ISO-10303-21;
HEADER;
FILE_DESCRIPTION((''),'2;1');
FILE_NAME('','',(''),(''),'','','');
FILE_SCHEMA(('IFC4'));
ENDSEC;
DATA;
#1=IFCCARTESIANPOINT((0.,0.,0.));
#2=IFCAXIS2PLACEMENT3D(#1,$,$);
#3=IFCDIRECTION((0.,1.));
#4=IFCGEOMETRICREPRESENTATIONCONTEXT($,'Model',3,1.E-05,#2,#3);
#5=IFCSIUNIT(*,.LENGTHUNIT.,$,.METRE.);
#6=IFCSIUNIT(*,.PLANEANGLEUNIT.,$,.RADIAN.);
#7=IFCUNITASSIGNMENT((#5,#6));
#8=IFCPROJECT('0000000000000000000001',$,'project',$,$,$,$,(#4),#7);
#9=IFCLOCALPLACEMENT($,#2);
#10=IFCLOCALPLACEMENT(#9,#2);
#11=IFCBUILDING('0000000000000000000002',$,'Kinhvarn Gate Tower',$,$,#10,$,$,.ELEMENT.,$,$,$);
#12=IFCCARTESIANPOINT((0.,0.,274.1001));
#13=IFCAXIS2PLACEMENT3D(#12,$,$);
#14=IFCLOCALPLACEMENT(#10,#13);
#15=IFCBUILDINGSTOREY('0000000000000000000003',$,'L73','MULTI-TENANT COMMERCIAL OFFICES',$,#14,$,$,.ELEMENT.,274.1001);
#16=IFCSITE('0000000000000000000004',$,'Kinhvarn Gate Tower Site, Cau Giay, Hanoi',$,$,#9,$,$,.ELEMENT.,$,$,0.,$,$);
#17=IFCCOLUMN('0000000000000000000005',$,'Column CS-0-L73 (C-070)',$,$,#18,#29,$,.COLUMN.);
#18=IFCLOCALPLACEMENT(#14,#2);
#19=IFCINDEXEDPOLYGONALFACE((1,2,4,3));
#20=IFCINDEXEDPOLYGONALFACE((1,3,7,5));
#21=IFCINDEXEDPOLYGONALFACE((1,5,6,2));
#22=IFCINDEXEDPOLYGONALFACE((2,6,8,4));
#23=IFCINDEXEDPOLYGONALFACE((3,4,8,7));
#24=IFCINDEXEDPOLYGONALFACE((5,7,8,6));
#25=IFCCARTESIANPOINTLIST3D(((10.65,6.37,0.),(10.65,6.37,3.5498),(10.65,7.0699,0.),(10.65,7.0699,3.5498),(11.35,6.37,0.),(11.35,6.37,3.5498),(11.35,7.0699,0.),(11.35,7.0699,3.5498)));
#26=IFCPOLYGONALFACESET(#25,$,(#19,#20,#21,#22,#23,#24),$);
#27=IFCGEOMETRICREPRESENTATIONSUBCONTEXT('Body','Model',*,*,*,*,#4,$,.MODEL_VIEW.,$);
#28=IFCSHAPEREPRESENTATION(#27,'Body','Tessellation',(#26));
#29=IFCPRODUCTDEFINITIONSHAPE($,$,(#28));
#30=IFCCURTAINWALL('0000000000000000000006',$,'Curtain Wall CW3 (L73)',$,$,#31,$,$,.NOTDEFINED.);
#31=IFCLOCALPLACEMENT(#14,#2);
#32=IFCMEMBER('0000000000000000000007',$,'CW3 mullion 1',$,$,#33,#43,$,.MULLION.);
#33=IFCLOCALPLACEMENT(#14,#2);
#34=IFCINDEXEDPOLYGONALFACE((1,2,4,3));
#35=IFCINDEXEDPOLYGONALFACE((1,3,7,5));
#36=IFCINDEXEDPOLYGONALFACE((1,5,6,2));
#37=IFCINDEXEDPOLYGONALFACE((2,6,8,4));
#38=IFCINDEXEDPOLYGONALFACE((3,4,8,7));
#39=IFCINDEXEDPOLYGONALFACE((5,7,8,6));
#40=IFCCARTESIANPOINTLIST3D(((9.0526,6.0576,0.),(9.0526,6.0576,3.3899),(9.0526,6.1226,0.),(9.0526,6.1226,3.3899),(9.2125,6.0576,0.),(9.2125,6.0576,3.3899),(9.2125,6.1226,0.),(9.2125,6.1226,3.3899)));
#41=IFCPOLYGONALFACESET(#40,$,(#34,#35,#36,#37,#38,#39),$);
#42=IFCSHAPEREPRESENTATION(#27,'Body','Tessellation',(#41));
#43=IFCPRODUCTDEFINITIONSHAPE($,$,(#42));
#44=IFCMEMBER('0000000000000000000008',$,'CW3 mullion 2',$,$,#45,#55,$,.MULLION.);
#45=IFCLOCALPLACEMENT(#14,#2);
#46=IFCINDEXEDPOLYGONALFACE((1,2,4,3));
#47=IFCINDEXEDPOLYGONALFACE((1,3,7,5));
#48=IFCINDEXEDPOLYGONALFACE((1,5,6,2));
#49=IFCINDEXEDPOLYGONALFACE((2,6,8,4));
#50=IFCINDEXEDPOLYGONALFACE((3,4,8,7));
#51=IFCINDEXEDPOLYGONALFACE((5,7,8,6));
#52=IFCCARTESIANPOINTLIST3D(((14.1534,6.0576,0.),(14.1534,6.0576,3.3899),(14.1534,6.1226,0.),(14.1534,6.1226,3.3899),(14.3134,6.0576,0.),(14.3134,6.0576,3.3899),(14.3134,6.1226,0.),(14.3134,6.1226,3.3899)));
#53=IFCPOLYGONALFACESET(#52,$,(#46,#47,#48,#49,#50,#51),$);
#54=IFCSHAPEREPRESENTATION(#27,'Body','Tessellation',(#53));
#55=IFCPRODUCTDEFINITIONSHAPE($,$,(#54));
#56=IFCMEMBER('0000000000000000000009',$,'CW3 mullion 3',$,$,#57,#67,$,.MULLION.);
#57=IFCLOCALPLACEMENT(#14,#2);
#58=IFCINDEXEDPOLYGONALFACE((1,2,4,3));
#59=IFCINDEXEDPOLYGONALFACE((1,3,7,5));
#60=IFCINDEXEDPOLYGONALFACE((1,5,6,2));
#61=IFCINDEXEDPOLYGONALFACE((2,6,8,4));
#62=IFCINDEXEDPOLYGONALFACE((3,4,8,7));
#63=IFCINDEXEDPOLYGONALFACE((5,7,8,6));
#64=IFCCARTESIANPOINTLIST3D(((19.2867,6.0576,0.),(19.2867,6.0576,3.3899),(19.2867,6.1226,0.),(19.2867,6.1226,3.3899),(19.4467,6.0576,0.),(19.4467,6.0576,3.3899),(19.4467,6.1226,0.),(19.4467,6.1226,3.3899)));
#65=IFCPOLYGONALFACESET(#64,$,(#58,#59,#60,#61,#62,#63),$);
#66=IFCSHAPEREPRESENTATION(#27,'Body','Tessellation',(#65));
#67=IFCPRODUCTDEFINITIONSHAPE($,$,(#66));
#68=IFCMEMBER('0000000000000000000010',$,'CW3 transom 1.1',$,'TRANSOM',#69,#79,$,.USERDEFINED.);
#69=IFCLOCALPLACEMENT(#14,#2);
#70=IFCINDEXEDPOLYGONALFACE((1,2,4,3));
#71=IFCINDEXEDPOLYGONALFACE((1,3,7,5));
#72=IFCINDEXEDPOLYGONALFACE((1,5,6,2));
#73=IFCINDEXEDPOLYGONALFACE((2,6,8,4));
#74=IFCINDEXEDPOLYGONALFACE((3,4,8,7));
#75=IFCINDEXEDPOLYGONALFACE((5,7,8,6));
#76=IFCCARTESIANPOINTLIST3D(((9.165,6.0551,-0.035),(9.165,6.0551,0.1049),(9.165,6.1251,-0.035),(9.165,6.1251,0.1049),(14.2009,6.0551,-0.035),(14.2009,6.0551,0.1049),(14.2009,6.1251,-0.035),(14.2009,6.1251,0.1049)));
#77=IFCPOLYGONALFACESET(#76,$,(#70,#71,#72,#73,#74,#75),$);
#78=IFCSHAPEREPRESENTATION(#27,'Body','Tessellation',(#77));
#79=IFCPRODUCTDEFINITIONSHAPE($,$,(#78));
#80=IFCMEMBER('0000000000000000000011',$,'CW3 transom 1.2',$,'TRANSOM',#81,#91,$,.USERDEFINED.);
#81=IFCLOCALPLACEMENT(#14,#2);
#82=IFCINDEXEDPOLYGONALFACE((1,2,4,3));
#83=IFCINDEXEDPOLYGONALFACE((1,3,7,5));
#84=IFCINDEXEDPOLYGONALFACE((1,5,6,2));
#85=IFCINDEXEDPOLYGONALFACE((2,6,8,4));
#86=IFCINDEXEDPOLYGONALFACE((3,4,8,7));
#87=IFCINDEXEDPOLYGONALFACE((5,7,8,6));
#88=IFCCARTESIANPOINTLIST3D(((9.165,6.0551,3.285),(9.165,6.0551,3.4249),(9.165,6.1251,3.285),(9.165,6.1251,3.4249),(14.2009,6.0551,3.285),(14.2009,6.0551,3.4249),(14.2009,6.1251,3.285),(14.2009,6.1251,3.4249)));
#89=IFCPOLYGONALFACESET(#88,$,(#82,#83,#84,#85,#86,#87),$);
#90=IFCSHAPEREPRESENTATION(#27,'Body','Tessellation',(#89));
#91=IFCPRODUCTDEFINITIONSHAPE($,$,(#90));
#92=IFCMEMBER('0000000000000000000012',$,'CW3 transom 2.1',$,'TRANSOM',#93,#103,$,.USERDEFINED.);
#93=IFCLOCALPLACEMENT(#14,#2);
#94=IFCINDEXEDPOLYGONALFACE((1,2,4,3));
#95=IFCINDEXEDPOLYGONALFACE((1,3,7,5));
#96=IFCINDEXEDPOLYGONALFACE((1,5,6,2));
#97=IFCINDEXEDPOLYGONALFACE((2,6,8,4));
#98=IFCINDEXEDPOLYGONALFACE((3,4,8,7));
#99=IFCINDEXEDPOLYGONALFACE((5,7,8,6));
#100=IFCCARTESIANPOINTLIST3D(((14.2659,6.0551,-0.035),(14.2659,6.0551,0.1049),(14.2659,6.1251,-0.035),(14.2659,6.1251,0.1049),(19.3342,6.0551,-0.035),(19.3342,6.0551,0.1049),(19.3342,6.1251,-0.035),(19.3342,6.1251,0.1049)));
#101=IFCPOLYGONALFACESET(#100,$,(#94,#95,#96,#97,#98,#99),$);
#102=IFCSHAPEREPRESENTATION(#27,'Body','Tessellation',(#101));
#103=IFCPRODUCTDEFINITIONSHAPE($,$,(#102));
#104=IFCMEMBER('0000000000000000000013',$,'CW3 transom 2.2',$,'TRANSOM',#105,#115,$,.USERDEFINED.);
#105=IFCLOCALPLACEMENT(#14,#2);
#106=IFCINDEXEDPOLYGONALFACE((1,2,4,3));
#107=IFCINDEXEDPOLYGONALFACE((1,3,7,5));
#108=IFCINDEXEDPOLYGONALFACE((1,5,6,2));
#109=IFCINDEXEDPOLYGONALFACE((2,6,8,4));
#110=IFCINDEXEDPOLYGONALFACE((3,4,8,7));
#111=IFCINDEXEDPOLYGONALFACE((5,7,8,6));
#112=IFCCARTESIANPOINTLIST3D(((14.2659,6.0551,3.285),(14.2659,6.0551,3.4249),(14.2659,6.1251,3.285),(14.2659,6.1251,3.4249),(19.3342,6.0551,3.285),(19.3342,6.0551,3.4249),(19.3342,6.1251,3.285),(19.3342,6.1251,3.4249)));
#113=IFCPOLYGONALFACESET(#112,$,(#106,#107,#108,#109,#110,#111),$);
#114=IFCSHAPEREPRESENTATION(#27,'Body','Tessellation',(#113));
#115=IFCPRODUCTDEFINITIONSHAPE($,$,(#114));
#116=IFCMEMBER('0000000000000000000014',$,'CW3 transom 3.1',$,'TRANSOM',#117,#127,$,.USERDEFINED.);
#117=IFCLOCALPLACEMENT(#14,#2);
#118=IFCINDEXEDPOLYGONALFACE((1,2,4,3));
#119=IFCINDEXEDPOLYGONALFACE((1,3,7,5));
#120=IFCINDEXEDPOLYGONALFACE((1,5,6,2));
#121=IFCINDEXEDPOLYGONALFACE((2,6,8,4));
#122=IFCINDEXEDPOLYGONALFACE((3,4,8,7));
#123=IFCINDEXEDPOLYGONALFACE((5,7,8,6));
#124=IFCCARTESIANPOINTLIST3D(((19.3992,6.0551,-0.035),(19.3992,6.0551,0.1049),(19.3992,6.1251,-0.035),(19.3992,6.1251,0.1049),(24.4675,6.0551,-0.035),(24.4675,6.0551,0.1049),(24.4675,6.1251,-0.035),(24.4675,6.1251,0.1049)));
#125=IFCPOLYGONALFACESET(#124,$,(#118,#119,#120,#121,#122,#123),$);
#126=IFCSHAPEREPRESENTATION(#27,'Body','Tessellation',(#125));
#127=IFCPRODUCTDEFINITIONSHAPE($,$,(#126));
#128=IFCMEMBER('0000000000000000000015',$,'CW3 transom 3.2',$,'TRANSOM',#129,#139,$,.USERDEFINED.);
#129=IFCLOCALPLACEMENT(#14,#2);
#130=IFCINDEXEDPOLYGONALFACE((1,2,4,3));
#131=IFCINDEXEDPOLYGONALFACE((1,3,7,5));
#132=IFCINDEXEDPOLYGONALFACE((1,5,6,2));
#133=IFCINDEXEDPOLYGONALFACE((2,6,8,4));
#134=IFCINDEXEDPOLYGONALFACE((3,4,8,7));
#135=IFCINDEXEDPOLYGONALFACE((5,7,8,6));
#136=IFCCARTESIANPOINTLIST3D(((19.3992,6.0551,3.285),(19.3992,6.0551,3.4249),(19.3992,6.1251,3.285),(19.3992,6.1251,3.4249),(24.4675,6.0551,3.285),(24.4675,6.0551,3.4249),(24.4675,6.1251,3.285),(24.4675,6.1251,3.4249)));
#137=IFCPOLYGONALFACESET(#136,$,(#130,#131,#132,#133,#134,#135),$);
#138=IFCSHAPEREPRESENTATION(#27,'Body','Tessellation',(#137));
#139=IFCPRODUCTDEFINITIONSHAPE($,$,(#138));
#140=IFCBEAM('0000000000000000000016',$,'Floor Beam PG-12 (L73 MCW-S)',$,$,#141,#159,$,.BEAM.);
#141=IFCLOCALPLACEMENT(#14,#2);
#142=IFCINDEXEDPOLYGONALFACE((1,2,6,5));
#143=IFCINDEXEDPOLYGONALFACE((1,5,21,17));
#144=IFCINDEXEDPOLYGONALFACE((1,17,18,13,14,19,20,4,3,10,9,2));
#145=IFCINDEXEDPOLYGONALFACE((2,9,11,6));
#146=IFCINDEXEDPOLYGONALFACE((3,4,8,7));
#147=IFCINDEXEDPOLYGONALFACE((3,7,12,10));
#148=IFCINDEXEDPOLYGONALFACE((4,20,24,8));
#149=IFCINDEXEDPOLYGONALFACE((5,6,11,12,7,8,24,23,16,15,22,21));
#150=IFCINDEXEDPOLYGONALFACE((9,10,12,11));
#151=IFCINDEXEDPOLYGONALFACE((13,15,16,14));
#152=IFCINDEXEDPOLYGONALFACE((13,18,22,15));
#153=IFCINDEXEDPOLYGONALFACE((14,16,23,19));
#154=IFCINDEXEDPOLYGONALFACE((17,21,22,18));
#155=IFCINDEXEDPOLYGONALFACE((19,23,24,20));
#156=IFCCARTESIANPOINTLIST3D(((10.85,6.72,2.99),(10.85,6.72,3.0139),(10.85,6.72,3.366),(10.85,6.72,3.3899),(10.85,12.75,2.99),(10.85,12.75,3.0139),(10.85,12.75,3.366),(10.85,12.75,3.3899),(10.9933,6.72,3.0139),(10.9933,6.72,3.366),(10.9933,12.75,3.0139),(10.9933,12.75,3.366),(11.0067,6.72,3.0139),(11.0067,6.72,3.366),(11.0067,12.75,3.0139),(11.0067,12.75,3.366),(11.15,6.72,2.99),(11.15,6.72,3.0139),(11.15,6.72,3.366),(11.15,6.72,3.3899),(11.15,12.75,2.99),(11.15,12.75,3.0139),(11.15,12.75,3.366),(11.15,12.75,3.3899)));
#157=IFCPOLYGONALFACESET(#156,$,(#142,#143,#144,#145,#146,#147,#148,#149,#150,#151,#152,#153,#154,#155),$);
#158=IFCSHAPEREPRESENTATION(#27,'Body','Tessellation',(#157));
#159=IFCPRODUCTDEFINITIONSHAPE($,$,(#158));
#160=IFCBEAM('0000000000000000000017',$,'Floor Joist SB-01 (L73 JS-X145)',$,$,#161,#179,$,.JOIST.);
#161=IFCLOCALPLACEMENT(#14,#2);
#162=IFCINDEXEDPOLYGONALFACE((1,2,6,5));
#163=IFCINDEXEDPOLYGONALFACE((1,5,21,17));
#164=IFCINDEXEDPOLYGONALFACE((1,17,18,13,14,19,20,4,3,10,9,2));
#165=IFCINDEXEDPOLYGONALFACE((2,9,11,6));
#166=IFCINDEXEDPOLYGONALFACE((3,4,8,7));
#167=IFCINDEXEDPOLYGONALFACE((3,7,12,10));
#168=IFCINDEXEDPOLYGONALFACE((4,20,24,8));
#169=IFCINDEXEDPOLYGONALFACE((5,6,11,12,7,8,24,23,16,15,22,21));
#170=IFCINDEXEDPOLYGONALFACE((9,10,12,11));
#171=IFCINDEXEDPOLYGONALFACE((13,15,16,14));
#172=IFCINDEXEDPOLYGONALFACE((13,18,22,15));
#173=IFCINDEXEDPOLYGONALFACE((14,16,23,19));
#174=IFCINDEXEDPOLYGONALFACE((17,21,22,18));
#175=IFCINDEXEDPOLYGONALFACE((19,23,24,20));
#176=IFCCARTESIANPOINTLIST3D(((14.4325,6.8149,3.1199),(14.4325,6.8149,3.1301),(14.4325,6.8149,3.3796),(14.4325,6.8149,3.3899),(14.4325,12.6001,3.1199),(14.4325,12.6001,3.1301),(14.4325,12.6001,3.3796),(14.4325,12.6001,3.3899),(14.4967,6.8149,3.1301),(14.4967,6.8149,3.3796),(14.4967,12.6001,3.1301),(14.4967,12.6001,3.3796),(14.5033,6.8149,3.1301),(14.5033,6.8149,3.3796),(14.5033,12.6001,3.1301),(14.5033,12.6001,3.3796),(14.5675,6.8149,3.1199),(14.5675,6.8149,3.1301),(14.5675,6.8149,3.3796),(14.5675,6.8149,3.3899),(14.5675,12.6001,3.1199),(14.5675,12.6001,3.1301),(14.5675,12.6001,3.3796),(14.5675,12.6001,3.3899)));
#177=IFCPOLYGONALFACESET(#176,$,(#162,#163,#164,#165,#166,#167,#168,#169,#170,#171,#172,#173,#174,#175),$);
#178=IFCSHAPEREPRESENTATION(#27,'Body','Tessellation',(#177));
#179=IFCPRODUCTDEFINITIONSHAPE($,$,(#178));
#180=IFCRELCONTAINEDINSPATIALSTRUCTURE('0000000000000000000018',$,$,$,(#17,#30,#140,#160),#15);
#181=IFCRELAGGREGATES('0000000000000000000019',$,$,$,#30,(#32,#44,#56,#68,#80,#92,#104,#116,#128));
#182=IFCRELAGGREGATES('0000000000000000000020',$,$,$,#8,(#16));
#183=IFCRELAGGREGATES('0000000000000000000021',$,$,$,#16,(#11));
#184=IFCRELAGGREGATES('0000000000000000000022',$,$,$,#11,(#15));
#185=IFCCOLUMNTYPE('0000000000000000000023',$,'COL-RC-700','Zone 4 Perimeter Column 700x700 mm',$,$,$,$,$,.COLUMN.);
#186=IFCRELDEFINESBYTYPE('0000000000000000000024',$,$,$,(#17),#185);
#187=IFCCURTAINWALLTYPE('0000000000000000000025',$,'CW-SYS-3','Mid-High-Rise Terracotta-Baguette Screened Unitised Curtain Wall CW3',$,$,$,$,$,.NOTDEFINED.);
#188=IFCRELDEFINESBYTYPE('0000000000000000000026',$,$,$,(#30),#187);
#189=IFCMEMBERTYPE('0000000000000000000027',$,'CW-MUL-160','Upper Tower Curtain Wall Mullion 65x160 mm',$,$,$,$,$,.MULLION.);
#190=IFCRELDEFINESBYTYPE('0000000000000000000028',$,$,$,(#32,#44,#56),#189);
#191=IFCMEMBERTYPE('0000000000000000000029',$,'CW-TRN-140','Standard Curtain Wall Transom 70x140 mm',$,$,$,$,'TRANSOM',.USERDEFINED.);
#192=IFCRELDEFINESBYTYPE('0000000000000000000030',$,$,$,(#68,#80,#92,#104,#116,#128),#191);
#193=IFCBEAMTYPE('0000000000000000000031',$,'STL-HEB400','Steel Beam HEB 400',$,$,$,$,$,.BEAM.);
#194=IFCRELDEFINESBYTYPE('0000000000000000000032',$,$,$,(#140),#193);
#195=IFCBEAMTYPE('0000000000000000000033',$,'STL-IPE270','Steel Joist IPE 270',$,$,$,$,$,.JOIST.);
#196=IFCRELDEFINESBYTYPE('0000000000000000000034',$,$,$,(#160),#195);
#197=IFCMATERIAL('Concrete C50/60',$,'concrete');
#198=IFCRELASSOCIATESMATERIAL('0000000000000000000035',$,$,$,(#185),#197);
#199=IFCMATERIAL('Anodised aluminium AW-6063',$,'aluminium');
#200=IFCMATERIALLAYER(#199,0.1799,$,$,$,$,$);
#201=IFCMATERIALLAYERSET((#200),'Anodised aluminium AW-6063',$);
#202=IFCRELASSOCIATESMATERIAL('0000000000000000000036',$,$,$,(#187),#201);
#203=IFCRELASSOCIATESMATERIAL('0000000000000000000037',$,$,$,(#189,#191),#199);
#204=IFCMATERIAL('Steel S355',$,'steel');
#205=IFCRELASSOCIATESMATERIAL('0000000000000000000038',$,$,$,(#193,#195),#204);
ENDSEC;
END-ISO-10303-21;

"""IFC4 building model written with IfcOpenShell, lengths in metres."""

from ifc_helpers import new_model, si_unit, direction, frame, origin, origin_2d, place, context, subcontext, project, spatial, rectangle, i_section, extrude, material, layer, layer_set, material_profile, profile_set, type_object, element, aggregate, save


model = new_model("IFC4")

# Units and contexts
model_context = context("Model", 3, precision=1e-05, world=origin(), true_north=direction((0.0, 1.0)))
body_context = subcontext(model_context, "Body", "Model", "MODEL_VIEW")
ifc_project = project(units=[si_unit("LENGTHUNIT", "METRE"), si_unit("PLANEANGLEUNIT", "RADIAN")], contexts=[model_context])

# Site, building, storey
site_placement = place(None, origin())
site = spatial("IfcSite", under=ifc_project, at=site_placement, Name="Kinhvarn Gate Tower Site, Cau Giay, Hanoi", CompositionType="ELEMENT", RefElevation=0.0)
building_placement = place(site_placement, origin())
building = spatial("IfcBuilding", under=site, at=building_placement, Name="Kinhvarn Gate Tower", CompositionType="ELEMENT")
storey_placement = place(building_placement, frame((0.0, 0.0, 274.1001)))
storey = spatial("IfcBuildingStorey", under=building, at=storey_placement, Name="L73", Description="MULTI-TENANT COMMERCIAL OFFICES", CompositionType="ELEMENT", Elevation=274.1001)

# Column
ifc_material_1 = material(Name="Concrete C50/60", Category="concrete")
ifc_material_profile_1 = material_profile(ifc_material_1, rectangle(XDim=0.7, YDim=0.7, at=origin_2d()), Name="RC 700x700")
ifc_profile_set_1 = profile_set([ifc_material_profile_1], Name="Concrete C50/60")
column_type = type_object("IfcColumnType", Name="COL-RC-700", Description="Zone 4 Perimeter Column 700x700 mm", PredefinedType="COLUMN", material=ifc_profile_set_1)
column_placement = place(storey_placement, frame((11.0, 6.72, 0.0), z_axis=(0.0, 0.0, 1.0), x_axis=(1.0, 0.0, 0.0)))
element("IfcColumn", 1, at=column_placement, inside=storey, type_object=column_type, Name="Column CS-0-L73 (C-070)", PredefinedType="COLUMN", context=body_context, shape_type="SweptSolid", body=[
    extrude(rectangle(XDim=0.7, YDim=0.7, at=origin_2d()), origin(), (0.0, 0.0, 1.0), 3.5498),
])

# Curtain wall, members
ifc_material_2 = material(Name="Anodised aluminium AW-6063", Category="aluminium")
ifc_layer_1 = layer(ifc_material_2, 0.1799)
ifc_layer_set_1 = layer_set([ifc_layer_1], Name="Anodised aluminium AW-6063")
curtain_wall_type = type_object("IfcCurtainWallType", Name="CW-SYS-3", Description="Mid-High-Rise Terracotta-Baguette Screened Unitised Curtain Wall CW3", PredefinedType="NOTDEFINED", material=ifc_layer_set_1)
curtain_wall_placement = place(storey_placement, origin())
curtain_wall = element("IfcCurtainWall", 2, at=curtain_wall_placement, inside=storey, type_object=curtain_wall_type, Name="Curtain Wall CW3 (L73)", PredefinedType="NOTDEFINED")
ifc_material_profile_2 = material_profile(ifc_material_2, rectangle(XDim=0.0649, YDim=0.1599, at=origin_2d()), Name="ALU 65x160")
ifc_profile_set_2 = profile_set([ifc_material_profile_2], Name="Anodised aluminium AW-6063")
member_type_1 = type_object("IfcMemberType", Name="CW-MUL-160", Description="Upper Tower Curtain Wall Mullion 65x160 mm", PredefinedType="MULLION", material=ifc_profile_set_2)
member_1_placement = place(storey_placement, frame((9.1326, 6.0901, 0.0), z_axis=(0.0, 0.0, 1.0), x_axis=(0.0, 1.0, 0.0)))
member_1 = element("IfcMember", 3, at=member_1_placement, type_object=member_type_1, Name="CW3 mullion 1", PredefinedType="MULLION", context=body_context, shape_type="SweptSolid", body=[
    extrude(rectangle(XDim=0.0649, YDim=0.1599, at=origin_2d()), origin(), (0.0, 0.0, 1.0), 3.3899),
])
member_2_placement = place(storey_placement, frame((14.2334, 6.0901, 0.0), z_axis=(0.0, 0.0, 1.0), x_axis=(0.0, 1.0, 0.0)))
member_2 = element("IfcMember", 4, at=member_2_placement, type_object=member_type_1, Name="CW3 mullion 2", PredefinedType="MULLION", context=body_context, shape_type="SweptSolid", body=[
    extrude(rectangle(XDim=0.0649, YDim=0.1599, at=origin_2d()), origin(), (0.0, 0.0, 1.0), 3.3899),
])
member_3_placement = place(storey_placement, frame((19.3667, 6.0901, 0.0), z_axis=(0.0, 0.0, 1.0), x_axis=(0.0, 1.0, 0.0)))
member_3 = element("IfcMember", 5, at=member_3_placement, type_object=member_type_1, Name="CW3 mullion 3", PredefinedType="MULLION", context=body_context, shape_type="SweptSolid", body=[
    extrude(rectangle(XDim=0.0649, YDim=0.1599, at=origin_2d()), origin(), (0.0, 0.0, 1.0), 3.3899),
])
ifc_material_profile_3 = material_profile(ifc_material_2, rectangle(XDim=0.0701, YDim=0.1399, at=origin_2d()), Name="ALU 70x140")
ifc_profile_set_3 = profile_set([ifc_material_profile_3], Name="Anodised aluminium AW-6063")
member_type_2 = type_object("IfcMemberType", Name="CW-TRN-140", Description="Standard Curtain Wall Transom 70x140 mm", ElementType="TRANSOM", PredefinedType="USERDEFINED", material=ifc_profile_set_3)
member_4_placement = place(storey_placement, frame((9.165, 6.0901, 0.0349), z_axis=(1.0, 0.0, 0.0), x_axis=(0.0, 1.0, 0.0)))
member_4 = element("IfcMember", 6, at=member_4_placement, type_object=member_type_2, Name="CW3 transom 1.1", ObjectType="TRANSOM", PredefinedType="USERDEFINED", context=body_context, shape_type="SweptSolid", body=[
    extrude(rectangle(XDim=0.0701, YDim=0.1399, at=origin_2d()), origin(), (0.0, 0.0, 1.0), 5.0359),
])
member_5_placement = place(storey_placement, frame((9.165, 6.0901, 3.355), z_axis=(1.0, 0.0, 0.0), x_axis=(0.0, 1.0, 0.0)))
member_5 = element("IfcMember", 7, at=member_5_placement, type_object=member_type_2, Name="CW3 transom 1.2", ObjectType="TRANSOM", PredefinedType="USERDEFINED", context=body_context, shape_type="SweptSolid", body=[
    extrude(rectangle(XDim=0.0701, YDim=0.1399, at=origin_2d()), origin(), (0.0, 0.0, 1.0), 5.0359),
])
member_6_placement = place(storey_placement, frame((14.2659, 6.0901, 0.0349), z_axis=(1.0, 0.0, 0.0), x_axis=(0.0, 1.0, 0.0)))
member_6 = element("IfcMember", 8, at=member_6_placement, type_object=member_type_2, Name="CW3 transom 2.1", ObjectType="TRANSOM", PredefinedType="USERDEFINED", context=body_context, shape_type="SweptSolid", body=[
    extrude(rectangle(XDim=0.0701, YDim=0.1399, at=origin_2d()), origin(), (0.0, 0.0, 1.0), 5.0684),
])
member_7_placement = place(storey_placement, frame((14.2659, 6.0901, 3.355), z_axis=(1.0, 0.0, 0.0), x_axis=(0.0, 1.0, 0.0)))
member_7 = element("IfcMember", 9, at=member_7_placement, type_object=member_type_2, Name="CW3 transom 2.2", ObjectType="TRANSOM", PredefinedType="USERDEFINED", context=body_context, shape_type="SweptSolid", body=[
    extrude(rectangle(XDim=0.0701, YDim=0.1399, at=origin_2d()), origin(), (0.0, 0.0, 1.0), 5.0684),
])
member_8_placement = place(storey_placement, frame((19.3992, 6.0901, 0.0349), z_axis=(1.0, 0.0, 0.0), x_axis=(0.0, 1.0, 0.0)))
member_8 = element("IfcMember", 10, at=member_8_placement, type_object=member_type_2, Name="CW3 transom 3.1", ObjectType="TRANSOM", PredefinedType="USERDEFINED", context=body_context, shape_type="SweptSolid", body=[
    extrude(rectangle(XDim=0.0701, YDim=0.1399, at=origin_2d()), origin(), (0.0, 0.0, 1.0), 5.0684),
])
member_9_placement = place(storey_placement, frame((19.3992, 6.0901, 3.355), z_axis=(1.0, 0.0, 0.0), x_axis=(0.0, 1.0, 0.0)))
member_9 = element("IfcMember", 11, at=member_9_placement, type_object=member_type_2, Name="CW3 transom 3.2", ObjectType="TRANSOM", PredefinedType="USERDEFINED", context=body_context, shape_type="SweptSolid", body=[
    extrude(rectangle(XDim=0.0701, YDim=0.1399, at=origin_2d()), origin(), (0.0, 0.0, 1.0), 5.0684),
])

# Beams
ifc_material_3 = material(Name="Steel S355", Category="steel")
ifc_material_profile_4 = material_profile(ifc_material_3, i_section(OverallWidth=0.3, OverallDepth=0.3999, WebThickness=0.0134, FlangeThickness=0.0239, at=origin_2d()), Name="HEB 400")
ifc_profile_set_4 = profile_set([ifc_material_profile_4], Name="Steel S355")
beam_type_1 = type_object("IfcBeamType", Name="STL-HEB400", Description="Steel Beam HEB 400", PredefinedType="BEAM", material=ifc_profile_set_4)
beam_1_placement = place(storey_placement, frame((11.0, 6.72, 3.1899), z_axis=(0.0, 1.0, 0.0), x_axis=(-1.0, 0.0, 0.0)))
element("IfcBeam", 12, at=beam_1_placement, inside=storey, type_object=beam_type_1, Name="Floor Beam PG-12 (L73 MCW-S)", PredefinedType="BEAM", context=body_context, shape_type="SweptSolid", body=[
    extrude(i_section(OverallWidth=0.3, OverallDepth=0.3999, WebThickness=0.0134, FlangeThickness=0.0239, at=origin_2d()), origin(), (0.0, 0.0, 1.0), 6.03),
])
ifc_material_profile_5 = material_profile(ifc_material_3, i_section(OverallWidth=0.135, OverallDepth=0.27, WebThickness=0.0066, FlangeThickness=0.0103, at=origin_2d()), Name="IPE 270")
ifc_profile_set_5 = profile_set([ifc_material_profile_5], Name="Steel S355")
beam_type_2 = type_object("IfcBeamType", Name="STL-IPE270", Description="Steel Joist IPE 270", PredefinedType="JOIST", material=ifc_profile_set_5)
beam_2_placement = place(storey_placement, frame((14.5, 6.8149, 3.2549), z_axis=(0.0, 1.0, 0.0), x_axis=(-1.0, 0.0, 0.0)))
element("IfcBeam", 13, at=beam_2_placement, inside=storey, type_object=beam_type_2, Name="Floor Joist SB-01 (L73 JS-X145)", PredefinedType="JOIST", context=body_context, shape_type="SweptSolid", body=[
    extrude(i_section(OverallWidth=0.135, OverallDepth=0.27, WebThickness=0.0066, FlangeThickness=0.0103, at=origin_2d()), origin(), (0.0, 0.0, 1.0), 5.7852),
])

aggregate(curtain_wall, [member_1, member_2, member_3, member_4, member_5, member_6, member_7, member_8, member_9])

save(model, "model.ifc")
